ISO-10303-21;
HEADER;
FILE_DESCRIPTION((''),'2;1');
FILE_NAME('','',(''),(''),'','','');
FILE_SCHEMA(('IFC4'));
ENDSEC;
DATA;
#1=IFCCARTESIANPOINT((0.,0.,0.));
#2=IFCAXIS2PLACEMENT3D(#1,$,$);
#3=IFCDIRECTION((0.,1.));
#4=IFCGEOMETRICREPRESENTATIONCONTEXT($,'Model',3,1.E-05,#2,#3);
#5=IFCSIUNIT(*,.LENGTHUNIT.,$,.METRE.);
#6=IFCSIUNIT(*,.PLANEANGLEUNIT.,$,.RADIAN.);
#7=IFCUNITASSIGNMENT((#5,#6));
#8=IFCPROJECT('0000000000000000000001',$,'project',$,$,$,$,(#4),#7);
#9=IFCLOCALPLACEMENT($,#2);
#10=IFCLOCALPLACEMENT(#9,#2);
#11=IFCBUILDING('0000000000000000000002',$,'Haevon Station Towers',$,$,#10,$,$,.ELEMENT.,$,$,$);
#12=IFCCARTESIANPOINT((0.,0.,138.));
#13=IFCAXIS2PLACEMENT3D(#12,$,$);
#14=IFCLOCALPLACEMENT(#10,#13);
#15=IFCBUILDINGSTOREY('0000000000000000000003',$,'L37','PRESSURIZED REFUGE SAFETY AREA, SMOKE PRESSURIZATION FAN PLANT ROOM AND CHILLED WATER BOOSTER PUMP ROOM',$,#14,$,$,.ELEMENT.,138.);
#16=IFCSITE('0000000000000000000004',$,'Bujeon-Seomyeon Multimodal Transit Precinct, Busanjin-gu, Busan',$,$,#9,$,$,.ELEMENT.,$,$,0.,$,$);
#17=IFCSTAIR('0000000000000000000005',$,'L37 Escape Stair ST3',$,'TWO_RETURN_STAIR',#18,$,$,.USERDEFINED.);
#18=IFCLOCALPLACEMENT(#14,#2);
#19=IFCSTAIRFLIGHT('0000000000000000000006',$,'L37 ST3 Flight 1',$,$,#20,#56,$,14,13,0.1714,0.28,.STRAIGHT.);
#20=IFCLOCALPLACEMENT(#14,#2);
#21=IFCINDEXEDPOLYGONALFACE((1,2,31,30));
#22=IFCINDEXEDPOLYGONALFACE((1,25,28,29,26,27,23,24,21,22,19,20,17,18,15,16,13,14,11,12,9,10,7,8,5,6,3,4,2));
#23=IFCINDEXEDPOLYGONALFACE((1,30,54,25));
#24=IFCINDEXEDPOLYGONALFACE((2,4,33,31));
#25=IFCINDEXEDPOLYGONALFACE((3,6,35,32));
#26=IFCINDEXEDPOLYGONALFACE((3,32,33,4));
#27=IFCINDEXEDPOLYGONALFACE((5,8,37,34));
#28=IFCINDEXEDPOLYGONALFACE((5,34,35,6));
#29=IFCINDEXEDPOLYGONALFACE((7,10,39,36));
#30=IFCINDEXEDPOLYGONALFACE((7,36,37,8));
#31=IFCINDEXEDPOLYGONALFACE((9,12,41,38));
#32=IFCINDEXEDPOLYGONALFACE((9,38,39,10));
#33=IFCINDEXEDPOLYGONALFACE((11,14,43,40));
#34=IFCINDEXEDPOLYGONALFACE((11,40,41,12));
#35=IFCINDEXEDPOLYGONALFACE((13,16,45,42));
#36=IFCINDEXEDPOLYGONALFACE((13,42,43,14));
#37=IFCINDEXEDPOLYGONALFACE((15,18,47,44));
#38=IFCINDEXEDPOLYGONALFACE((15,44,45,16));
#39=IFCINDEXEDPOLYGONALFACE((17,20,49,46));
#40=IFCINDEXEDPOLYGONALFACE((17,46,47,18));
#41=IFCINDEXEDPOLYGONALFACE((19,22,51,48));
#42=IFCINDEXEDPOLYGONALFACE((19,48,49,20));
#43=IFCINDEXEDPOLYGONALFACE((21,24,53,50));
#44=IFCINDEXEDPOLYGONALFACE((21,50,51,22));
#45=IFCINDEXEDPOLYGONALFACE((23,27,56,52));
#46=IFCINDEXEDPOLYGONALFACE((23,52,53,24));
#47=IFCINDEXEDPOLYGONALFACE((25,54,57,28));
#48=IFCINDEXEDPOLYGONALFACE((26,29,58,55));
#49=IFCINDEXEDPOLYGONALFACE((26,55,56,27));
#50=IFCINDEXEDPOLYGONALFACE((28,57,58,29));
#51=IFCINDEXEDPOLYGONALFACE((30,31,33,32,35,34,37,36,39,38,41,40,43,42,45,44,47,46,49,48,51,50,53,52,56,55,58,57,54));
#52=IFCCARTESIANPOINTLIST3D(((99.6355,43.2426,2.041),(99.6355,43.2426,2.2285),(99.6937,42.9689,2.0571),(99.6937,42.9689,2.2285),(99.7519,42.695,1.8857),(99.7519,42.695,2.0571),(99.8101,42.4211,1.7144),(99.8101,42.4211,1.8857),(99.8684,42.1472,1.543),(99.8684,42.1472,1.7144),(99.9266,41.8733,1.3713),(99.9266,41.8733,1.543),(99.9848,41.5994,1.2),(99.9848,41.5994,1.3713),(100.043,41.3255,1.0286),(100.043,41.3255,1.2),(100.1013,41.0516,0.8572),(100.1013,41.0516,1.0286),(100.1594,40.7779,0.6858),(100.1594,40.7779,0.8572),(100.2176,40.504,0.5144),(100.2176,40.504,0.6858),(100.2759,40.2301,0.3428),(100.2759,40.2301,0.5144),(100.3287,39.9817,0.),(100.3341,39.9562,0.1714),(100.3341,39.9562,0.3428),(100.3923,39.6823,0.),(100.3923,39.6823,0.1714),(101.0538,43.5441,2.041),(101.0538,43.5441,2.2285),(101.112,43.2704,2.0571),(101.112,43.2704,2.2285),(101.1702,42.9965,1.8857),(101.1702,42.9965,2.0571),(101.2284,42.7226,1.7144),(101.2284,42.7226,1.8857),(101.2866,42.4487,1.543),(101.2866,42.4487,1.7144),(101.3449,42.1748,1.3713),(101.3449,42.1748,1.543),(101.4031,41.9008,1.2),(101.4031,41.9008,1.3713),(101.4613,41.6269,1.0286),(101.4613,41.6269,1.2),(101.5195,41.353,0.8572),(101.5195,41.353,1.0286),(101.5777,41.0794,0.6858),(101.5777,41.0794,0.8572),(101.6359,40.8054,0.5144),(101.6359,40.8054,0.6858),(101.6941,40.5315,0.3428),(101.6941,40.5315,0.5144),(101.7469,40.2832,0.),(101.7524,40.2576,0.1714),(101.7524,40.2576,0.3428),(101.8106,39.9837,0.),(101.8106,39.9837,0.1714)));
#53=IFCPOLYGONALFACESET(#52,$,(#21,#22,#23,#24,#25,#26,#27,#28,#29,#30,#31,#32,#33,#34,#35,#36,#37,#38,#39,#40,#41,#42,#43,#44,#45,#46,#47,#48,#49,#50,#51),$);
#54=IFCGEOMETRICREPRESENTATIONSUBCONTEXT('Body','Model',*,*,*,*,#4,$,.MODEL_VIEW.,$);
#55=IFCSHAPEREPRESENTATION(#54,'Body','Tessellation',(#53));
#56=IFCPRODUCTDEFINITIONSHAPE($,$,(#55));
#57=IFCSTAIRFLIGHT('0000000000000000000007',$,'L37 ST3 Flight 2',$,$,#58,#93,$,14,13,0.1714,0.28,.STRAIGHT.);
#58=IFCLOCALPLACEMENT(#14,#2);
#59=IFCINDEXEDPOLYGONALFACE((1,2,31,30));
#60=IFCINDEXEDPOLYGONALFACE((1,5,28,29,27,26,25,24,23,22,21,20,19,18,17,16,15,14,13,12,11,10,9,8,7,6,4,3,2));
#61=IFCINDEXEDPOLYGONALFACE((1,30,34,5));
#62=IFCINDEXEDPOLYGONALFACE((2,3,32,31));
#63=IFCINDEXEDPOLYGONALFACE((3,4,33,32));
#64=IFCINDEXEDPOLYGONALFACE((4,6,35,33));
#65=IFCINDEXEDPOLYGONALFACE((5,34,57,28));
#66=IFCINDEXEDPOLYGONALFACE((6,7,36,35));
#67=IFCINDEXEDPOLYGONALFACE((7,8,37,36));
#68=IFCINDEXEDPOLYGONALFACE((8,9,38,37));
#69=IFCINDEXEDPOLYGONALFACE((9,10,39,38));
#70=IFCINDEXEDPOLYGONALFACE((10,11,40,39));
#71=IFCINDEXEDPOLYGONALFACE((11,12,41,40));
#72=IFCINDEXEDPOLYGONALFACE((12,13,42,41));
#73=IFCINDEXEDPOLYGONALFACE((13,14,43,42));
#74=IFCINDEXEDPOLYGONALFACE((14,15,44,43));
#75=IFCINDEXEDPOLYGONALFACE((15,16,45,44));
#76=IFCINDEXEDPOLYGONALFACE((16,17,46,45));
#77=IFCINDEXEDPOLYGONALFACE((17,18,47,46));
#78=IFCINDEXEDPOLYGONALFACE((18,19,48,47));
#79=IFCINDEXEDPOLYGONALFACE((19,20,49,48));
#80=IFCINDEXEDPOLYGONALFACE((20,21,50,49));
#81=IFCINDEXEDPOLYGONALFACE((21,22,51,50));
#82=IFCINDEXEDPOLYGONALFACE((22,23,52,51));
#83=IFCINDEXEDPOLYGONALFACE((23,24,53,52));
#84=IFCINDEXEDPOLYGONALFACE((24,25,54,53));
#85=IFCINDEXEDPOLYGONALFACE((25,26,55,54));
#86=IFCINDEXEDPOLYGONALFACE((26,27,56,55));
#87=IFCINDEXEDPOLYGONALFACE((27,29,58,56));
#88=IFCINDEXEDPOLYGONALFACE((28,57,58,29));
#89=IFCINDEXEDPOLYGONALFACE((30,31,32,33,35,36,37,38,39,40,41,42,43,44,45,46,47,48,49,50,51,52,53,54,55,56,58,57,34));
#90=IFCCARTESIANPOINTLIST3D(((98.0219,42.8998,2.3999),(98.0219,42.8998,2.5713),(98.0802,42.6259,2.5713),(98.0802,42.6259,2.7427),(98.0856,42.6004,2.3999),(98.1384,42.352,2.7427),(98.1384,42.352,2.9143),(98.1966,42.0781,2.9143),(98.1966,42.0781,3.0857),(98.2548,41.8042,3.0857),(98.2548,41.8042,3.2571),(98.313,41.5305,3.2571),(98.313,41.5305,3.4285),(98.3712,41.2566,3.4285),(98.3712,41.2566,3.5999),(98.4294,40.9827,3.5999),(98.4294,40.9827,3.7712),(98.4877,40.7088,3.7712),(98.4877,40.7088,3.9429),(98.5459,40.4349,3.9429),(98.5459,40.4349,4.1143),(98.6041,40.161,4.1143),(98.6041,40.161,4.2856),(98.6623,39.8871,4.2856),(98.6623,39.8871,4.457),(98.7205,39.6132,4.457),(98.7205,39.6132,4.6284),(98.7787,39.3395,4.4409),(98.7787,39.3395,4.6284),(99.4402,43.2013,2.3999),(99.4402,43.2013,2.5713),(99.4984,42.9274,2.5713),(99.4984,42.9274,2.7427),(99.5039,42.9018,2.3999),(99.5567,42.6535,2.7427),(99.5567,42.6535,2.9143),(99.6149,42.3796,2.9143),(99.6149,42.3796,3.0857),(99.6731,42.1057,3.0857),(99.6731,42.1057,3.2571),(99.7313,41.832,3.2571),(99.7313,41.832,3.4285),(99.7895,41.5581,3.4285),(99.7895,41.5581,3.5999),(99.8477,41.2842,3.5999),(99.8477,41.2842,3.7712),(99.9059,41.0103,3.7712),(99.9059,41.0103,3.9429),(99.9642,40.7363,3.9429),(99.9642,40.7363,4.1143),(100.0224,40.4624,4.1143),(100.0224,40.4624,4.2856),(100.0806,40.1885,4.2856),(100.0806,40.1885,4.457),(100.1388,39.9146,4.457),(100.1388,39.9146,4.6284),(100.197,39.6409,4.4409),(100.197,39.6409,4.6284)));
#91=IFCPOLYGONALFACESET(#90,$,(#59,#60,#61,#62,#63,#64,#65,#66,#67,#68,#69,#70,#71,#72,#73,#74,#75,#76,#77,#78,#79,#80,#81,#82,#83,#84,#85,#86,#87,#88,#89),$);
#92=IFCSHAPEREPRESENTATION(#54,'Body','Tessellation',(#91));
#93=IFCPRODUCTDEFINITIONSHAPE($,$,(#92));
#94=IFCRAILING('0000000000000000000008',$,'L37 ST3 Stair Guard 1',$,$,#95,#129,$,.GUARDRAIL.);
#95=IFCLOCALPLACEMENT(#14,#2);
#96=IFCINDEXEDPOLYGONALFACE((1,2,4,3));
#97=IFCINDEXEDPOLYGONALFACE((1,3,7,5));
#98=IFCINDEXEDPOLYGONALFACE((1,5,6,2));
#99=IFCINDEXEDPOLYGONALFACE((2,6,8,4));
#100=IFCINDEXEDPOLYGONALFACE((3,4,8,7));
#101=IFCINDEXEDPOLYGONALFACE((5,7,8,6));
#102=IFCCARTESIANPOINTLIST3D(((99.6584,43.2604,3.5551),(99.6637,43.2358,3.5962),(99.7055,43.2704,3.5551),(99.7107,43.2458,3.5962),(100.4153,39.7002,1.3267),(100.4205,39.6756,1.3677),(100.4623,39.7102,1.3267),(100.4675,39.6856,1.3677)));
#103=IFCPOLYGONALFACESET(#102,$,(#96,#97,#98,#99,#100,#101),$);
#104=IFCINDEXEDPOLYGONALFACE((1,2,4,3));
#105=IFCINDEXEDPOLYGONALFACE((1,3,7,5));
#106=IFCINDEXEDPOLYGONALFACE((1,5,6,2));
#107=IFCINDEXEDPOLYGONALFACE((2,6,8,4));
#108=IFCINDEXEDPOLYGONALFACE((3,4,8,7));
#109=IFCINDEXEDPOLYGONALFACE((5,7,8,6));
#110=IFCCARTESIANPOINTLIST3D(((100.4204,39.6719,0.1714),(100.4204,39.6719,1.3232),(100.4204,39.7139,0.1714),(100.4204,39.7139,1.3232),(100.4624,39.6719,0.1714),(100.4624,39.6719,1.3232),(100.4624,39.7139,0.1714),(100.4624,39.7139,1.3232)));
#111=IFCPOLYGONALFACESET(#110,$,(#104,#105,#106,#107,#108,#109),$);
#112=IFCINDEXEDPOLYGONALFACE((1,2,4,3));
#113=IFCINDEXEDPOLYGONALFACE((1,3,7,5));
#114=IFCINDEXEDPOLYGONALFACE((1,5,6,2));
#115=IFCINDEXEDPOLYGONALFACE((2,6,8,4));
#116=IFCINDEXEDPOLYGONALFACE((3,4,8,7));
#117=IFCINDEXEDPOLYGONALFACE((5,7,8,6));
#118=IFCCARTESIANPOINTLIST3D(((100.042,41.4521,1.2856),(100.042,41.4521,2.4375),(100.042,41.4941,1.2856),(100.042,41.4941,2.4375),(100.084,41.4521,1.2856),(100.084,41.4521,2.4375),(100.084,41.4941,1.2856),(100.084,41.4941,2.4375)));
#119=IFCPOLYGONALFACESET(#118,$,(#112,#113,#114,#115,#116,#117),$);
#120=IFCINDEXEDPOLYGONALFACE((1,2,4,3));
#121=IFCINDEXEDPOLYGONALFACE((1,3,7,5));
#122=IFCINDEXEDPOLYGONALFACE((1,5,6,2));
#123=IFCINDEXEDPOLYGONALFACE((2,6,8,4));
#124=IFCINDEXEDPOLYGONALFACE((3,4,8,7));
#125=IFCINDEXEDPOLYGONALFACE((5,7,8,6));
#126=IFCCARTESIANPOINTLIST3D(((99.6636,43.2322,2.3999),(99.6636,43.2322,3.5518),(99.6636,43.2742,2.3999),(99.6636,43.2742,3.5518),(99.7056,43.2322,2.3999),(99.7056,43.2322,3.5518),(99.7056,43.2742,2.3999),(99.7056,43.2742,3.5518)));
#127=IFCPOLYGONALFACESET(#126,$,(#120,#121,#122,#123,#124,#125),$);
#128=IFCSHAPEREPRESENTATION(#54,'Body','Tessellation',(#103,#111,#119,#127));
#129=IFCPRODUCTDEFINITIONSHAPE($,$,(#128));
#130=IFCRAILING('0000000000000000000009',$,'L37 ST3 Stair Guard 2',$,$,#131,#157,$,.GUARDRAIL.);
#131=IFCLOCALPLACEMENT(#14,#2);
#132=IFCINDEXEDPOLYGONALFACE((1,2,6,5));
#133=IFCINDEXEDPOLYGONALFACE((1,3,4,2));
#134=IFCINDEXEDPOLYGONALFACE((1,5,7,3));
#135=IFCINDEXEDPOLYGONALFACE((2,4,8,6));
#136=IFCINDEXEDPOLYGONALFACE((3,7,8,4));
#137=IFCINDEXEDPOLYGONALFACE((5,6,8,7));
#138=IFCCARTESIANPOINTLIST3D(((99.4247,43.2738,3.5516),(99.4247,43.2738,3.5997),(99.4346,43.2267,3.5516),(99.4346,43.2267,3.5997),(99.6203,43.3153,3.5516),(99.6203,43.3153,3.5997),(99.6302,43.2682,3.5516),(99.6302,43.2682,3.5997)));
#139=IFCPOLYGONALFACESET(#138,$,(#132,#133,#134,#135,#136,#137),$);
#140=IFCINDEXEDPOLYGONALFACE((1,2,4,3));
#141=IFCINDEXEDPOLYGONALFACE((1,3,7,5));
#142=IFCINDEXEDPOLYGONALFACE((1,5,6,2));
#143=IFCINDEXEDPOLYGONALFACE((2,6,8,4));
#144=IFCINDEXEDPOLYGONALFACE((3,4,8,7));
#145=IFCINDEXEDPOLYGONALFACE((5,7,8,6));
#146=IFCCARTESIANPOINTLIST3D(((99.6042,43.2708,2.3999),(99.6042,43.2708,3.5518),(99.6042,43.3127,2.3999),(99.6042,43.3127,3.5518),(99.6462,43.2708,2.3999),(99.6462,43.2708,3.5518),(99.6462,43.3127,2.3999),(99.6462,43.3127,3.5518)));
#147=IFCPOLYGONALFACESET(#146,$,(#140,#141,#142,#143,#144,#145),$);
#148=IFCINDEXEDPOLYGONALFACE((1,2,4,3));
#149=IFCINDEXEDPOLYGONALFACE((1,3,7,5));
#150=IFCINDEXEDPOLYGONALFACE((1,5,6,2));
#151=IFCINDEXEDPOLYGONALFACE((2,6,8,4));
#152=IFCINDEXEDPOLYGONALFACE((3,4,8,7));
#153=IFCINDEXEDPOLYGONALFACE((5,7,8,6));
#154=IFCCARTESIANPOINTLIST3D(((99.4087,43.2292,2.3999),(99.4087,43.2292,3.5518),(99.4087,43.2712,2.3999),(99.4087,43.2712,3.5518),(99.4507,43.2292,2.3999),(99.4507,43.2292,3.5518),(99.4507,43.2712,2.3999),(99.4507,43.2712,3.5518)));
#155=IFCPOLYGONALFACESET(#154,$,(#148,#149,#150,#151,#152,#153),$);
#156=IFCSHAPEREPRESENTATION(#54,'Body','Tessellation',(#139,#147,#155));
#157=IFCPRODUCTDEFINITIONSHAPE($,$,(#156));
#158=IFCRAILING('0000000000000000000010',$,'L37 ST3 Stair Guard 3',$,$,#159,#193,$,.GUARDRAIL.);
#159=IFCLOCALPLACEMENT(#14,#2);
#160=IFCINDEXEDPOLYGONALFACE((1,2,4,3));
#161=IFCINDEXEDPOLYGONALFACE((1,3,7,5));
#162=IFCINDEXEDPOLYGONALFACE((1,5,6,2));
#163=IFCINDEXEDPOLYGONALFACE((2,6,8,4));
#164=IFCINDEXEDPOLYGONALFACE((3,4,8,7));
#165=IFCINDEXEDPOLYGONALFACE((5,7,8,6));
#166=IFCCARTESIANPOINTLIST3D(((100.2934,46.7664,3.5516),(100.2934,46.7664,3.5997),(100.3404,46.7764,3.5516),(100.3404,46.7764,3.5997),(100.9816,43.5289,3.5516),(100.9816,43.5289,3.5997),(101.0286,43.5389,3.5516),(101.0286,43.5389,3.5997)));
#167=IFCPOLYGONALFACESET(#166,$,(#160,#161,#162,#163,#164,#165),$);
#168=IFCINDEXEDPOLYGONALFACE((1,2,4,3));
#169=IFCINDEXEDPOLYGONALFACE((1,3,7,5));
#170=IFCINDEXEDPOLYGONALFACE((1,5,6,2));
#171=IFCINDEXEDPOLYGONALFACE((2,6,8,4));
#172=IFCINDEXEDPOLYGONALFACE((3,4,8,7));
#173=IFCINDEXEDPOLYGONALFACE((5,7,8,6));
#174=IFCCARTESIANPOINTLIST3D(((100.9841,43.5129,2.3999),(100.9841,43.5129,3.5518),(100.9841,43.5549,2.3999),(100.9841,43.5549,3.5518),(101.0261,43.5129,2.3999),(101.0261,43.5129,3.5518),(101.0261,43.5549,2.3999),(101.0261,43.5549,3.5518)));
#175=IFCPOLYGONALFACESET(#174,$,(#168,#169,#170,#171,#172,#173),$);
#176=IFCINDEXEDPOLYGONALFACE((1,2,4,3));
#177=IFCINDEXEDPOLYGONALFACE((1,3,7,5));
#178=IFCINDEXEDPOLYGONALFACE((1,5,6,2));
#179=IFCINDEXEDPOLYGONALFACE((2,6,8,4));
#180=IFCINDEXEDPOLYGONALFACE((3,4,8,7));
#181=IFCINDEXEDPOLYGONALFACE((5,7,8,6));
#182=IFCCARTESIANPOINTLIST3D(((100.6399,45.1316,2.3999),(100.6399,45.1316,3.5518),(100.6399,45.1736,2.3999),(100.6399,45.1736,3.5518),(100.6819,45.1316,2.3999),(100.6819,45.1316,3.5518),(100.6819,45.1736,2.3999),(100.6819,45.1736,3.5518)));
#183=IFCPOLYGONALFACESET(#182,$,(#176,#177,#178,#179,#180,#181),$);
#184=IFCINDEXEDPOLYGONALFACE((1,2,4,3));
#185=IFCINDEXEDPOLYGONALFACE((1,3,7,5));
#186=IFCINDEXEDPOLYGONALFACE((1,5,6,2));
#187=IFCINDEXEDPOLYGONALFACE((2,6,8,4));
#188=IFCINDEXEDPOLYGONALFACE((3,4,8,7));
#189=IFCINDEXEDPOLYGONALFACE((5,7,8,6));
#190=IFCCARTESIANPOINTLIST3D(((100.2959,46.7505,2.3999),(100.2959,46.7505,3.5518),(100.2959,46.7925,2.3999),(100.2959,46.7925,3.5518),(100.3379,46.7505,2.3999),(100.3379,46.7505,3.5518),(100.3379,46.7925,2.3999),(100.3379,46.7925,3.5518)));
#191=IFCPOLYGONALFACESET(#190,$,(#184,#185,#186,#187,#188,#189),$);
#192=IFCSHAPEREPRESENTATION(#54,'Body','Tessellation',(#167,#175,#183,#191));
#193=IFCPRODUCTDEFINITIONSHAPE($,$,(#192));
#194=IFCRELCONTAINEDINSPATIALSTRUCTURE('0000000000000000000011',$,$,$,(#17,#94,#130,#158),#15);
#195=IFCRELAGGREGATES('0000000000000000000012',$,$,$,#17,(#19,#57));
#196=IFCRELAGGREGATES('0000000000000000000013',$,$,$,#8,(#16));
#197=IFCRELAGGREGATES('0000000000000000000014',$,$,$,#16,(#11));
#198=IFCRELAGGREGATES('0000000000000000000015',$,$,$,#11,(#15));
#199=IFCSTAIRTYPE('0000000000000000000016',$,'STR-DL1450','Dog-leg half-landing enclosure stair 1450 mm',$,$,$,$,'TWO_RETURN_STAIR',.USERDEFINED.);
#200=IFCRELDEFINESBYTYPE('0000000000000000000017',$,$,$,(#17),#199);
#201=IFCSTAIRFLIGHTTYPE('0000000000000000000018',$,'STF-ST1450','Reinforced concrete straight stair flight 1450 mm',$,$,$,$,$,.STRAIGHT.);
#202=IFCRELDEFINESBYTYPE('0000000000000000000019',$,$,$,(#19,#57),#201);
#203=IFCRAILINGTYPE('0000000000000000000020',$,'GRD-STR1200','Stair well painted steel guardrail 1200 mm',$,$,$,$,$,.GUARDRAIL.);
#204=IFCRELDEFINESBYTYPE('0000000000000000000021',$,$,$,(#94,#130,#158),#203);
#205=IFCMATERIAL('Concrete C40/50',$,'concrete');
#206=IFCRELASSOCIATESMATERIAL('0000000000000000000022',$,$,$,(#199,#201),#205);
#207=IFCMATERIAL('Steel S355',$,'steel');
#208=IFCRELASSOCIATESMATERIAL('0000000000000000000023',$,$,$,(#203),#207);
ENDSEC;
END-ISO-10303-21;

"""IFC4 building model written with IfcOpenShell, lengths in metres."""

from ifc_helpers import new_model, si_unit, direction, frame, origin, origin_2d, place, context, subcontext, project, spatial, polyline, rectangle, outline, extrude, material, type_object, element, aggregate, save


model = new_model("IFC4")

# Units and contexts
model_context = context("Model", 3, precision=1e-05, world=origin(), true_north=direction((0.0, 1.0)))
body_context = subcontext(model_context, "Body", "Model", "MODEL_VIEW")
ifc_project = project(units=[si_unit("LENGTHUNIT", "METRE"), si_unit("PLANEANGLEUNIT", "RADIAN")], contexts=[model_context])

# Site, building, storey
site_placement = place(None, origin())
site = spatial("IfcSite", under=ifc_project, at=site_placement, Name="Bujeon-Seomyeon Multimodal Transit Precinct, Busanjin-gu, Busan", CompositionType="ELEMENT", RefElevation=0.0)
building_placement = place(site_placement, origin())
building = spatial("IfcBuilding", under=site, at=building_placement, Name="Haevon Station Towers", CompositionType="ELEMENT")
storey_placement = place(building_placement, frame((0.0, 0.0, 138.0)))
storey = spatial("IfcBuildingStorey", under=building, at=storey_placement, Name="L37", Description="PRESSURIZED REFUGE SAFETY AREA, SMOKE PRESSURIZATION FAN PLANT ROOM AND CHILLED WATER BOOSTER PUMP ROOM", CompositionType="ELEMENT", Elevation=138.0)

# Shared definitions
ifc_material_1 = material(Name="Steel S355", Category="steel")

# Shared definitions
ifc_material_2 = material(Name="Concrete C40/50", Category="concrete")

# Stair, stair flights
stair_type = type_object("IfcStairType", Name="STR-DL1450", Description="Dog-leg half-landing enclosure stair 1450 mm", ElementType="TWO_RETURN_STAIR", PredefinedType="USERDEFINED", material=ifc_material_2)
stair_placement = place(storey_placement, origin())
stair = element("IfcStair", 1, at=stair_placement, inside=storey, type_object=stair_type, Name="L37 Escape Stair ST3", ObjectType="TWO_RETURN_STAIR", PredefinedType="USERDEFINED")
stair_flight_type = type_object("IfcStairFlightType", Name="STF-ST1450", Description="Reinforced concrete straight stair flight 1450 mm", PredefinedType="STRAIGHT", material=ifc_material_2)
stair_flight_1_placement = place(storey_placement, frame((101.1016, 39.833, 0.0), z_axis=(0.0, 0.0, 1.0), x_axis=(-0.207912, 0.978148, 0.0)))
stair_flight_1 = element("IfcStairFlight", 2, at=stair_flight_1_placement, type_object=stair_flight_type, Name="L37 ST3 Flight 1", NumberOfRisers=14, NumberOfTreads=13, PredefinedType="STRAIGHT", RiserHeight=0.1714, TreadLength=0.28, context=body_context, shape_type="SweptSolid", body=[
    extrude(outline(polyline([(0.0, 0.0), (0.0, 0.1714), (0.28, 0.1714), (0.28, 0.3428), (0.5601, 0.3428), (0.5601, 0.5144), (0.8401, 0.5144), (0.8401, 0.6858), (1.1201, 0.6858), (1.1201, 0.8572), (1.3999, 0.8572), (1.3999, 1.0286), (1.6799, 1.0286), (1.6799, 1.2), (1.96, 1.2), (1.96, 1.3713), (2.24, 1.3713), (2.24, 1.543), (2.52, 1.543), (2.52, 1.7144), (2.8, 1.7144), (2.8, 1.8857), (3.0801, 1.8857), (3.0801, 2.0571), (3.3601, 2.0571), (3.3601, 2.2285), (3.6399, 2.2285), (3.6399, 2.3999), (3.6399, 2.041), (0.3062, 0.0), (0.0, 0.0)])), frame((0.0, 0.7251, 0.0), z_axis=(0.0, -1.0, 0.0), x_axis=(1.0, 0.0, 0.0)), (0.0, 0.0, 1.0), 1.45),
])
stair_flight_2_placement = place(storey_placement, frame((98.731, 43.0505, 2.3999), z_axis=(0.0, 0.0, 1.0), x_axis=(0.207912, -0.978148, 0.0)))
stair_flight_2 = element("IfcStairFlight", 3, at=stair_flight_2_placement, type_object=stair_flight_type, Name="L37 ST3 Flight 2", NumberOfRisers=14, NumberOfTreads=13, PredefinedType="STRAIGHT", RiserHeight=0.1714, TreadLength=0.28, context=body_context, shape_type="SweptSolid", body=[
    extrude(outline(polyline([(0.0, 0.0), (0.0, 0.1714), (0.28, 0.1714), (0.28, 0.3428), (0.5601, 0.3428), (0.5601, 0.5144), (0.8401, 0.5144), (0.8401, 0.6858), (1.1201, 0.6858), (1.1201, 0.8572), (1.3999, 0.8572), (1.3999, 1.0286), (1.6799, 1.0286), (1.6799, 1.2), (1.96, 1.2), (1.96, 1.3713), (2.24, 1.3713), (2.24, 1.543), (2.52, 1.543), (2.52, 1.7144), (2.8, 1.7144), (2.8, 1.8857), (3.0801, 1.8857), (3.0801, 2.0571), (3.3601, 2.0571), (3.3601, 2.2285), (3.6399, 2.2285), (3.6399, 2.3999), (3.6399, 2.041), (0.3062, 0.0), (0.0, 0.0)])), frame((0.0, 0.7251, 0.0), z_axis=(0.0, -1.0, 0.0), x_axis=(1.0, 0.0, 0.0)), (0.0, 0.0, 1.0), 1.45),
])
aggregate(stair, [stair_flight_1, stair_flight_2])

# Railings
railing_type_1 = type_object("IfcRailingType", Name="GRD-STR1200", Description="Stair well painted steel guardrail 1200 mm", PredefinedType="GUARDRAIL", material=ifc_material_1)
railing_1_placement = place(storey_placement, frame((100.4414, 39.6929, 0.1714)))
element("IfcRailing", 4, at=railing_1_placement, inside=storey, type_object=railing_type_1, Name="L37 ST3 Stair Guard 1", PredefinedType="GUARDRAIL", context=body_context, shape_type="SweptSolid", body=[
    extrude(rectangle(XDim=0.0481, YDim=0.0481, at=origin_2d()), frame((0.0, 0.0, 1.1758), z_axis=(-0.177333, 0.834208, 0.522159), x_axis=(-0.978144, -0.20793, 0.0)), (0.0, 0.0, 1.0), 4.2678),
    extrude(rectangle(XDim=0.042, YDim=0.042, at=origin_2d()), origin(), (0.0, 0.0, 1.0), 1.1519),
    extrude(rectangle(XDim=0.042, YDim=0.042, at=origin_2d()), frame((-0.3784, 1.7803, 1.1143)), (0.0, 0.0, 1.0), 1.1519),
    extrude(rectangle(XDim=0.042, YDim=0.042, at=origin_2d()), frame((-0.7568, 3.5603, 2.2285)), (0.0, 0.0, 1.0), 1.1519),
])
railing_2_placement = place(storey_placement, frame((99.6252, 43.2917, 2.3999)))
element("IfcRailing", 5, at=railing_2_placement, inside=storey, type_object=railing_type_1, Name="L37 ST3 Stair Guard 2", PredefinedType="GUARDRAIL", context=body_context, shape_type="SweptSolid", body=[
    extrude(rectangle(XDim=0.0481, YDim=0.0481, at=origin_2d()), frame((0.0, 0.0, 1.1758), z_axis=(-0.978212, -0.20761, 0.0), x_axis=(0.20761, -0.978212, 0.0)), (0.0, 0.0, 1.0), 0.2),
    extrude(rectangle(XDim=0.042, YDim=0.042, at=origin_2d()), origin(), (0.0, 0.0, 1.0), 1.1519),
    extrude(rectangle(XDim=0.042, YDim=0.042, at=origin_2d()), frame((-0.1956, -0.0415, 0.0)), (0.0, 0.0, 1.0), 1.1519),
])
railing_3_placement = place(storey_placement, frame((101.0051, 43.5339, 2.3999)))
element("IfcRailing", 6, at=railing_3_placement, inside=storey, type_object=railing_type_1, Name="L37 ST3 Stair Guard 3", PredefinedType="GUARDRAIL", context=body_context, shape_type="SweptSolid", body=[
    extrude(rectangle(XDim=0.0481, YDim=0.0481, at=origin_2d()), frame((0.0, 0.0, 1.1758), z_axis=(-0.207932, 0.978143, 0.0), x_axis=(-0.978143, -0.207932, 0.0)), (0.0, 0.0, 1.0), 3.3098),
    extrude(rectangle(XDim=0.042, YDim=0.042, at=origin_2d()), origin(), (0.0, 0.0, 1.0), 1.1519),
    extrude(rectangle(XDim=0.042, YDim=0.042, at=origin_2d()), frame((-0.3442, 1.6187, 0.0)), (0.0, 0.0, 1.0), 1.1519),
    extrude(rectangle(XDim=0.042, YDim=0.042, at=origin_2d()), frame((-0.6882, 3.2375, 0.0)), (0.0, 0.0, 1.0), 1.1519),
])

save(model, "model.ifc")
